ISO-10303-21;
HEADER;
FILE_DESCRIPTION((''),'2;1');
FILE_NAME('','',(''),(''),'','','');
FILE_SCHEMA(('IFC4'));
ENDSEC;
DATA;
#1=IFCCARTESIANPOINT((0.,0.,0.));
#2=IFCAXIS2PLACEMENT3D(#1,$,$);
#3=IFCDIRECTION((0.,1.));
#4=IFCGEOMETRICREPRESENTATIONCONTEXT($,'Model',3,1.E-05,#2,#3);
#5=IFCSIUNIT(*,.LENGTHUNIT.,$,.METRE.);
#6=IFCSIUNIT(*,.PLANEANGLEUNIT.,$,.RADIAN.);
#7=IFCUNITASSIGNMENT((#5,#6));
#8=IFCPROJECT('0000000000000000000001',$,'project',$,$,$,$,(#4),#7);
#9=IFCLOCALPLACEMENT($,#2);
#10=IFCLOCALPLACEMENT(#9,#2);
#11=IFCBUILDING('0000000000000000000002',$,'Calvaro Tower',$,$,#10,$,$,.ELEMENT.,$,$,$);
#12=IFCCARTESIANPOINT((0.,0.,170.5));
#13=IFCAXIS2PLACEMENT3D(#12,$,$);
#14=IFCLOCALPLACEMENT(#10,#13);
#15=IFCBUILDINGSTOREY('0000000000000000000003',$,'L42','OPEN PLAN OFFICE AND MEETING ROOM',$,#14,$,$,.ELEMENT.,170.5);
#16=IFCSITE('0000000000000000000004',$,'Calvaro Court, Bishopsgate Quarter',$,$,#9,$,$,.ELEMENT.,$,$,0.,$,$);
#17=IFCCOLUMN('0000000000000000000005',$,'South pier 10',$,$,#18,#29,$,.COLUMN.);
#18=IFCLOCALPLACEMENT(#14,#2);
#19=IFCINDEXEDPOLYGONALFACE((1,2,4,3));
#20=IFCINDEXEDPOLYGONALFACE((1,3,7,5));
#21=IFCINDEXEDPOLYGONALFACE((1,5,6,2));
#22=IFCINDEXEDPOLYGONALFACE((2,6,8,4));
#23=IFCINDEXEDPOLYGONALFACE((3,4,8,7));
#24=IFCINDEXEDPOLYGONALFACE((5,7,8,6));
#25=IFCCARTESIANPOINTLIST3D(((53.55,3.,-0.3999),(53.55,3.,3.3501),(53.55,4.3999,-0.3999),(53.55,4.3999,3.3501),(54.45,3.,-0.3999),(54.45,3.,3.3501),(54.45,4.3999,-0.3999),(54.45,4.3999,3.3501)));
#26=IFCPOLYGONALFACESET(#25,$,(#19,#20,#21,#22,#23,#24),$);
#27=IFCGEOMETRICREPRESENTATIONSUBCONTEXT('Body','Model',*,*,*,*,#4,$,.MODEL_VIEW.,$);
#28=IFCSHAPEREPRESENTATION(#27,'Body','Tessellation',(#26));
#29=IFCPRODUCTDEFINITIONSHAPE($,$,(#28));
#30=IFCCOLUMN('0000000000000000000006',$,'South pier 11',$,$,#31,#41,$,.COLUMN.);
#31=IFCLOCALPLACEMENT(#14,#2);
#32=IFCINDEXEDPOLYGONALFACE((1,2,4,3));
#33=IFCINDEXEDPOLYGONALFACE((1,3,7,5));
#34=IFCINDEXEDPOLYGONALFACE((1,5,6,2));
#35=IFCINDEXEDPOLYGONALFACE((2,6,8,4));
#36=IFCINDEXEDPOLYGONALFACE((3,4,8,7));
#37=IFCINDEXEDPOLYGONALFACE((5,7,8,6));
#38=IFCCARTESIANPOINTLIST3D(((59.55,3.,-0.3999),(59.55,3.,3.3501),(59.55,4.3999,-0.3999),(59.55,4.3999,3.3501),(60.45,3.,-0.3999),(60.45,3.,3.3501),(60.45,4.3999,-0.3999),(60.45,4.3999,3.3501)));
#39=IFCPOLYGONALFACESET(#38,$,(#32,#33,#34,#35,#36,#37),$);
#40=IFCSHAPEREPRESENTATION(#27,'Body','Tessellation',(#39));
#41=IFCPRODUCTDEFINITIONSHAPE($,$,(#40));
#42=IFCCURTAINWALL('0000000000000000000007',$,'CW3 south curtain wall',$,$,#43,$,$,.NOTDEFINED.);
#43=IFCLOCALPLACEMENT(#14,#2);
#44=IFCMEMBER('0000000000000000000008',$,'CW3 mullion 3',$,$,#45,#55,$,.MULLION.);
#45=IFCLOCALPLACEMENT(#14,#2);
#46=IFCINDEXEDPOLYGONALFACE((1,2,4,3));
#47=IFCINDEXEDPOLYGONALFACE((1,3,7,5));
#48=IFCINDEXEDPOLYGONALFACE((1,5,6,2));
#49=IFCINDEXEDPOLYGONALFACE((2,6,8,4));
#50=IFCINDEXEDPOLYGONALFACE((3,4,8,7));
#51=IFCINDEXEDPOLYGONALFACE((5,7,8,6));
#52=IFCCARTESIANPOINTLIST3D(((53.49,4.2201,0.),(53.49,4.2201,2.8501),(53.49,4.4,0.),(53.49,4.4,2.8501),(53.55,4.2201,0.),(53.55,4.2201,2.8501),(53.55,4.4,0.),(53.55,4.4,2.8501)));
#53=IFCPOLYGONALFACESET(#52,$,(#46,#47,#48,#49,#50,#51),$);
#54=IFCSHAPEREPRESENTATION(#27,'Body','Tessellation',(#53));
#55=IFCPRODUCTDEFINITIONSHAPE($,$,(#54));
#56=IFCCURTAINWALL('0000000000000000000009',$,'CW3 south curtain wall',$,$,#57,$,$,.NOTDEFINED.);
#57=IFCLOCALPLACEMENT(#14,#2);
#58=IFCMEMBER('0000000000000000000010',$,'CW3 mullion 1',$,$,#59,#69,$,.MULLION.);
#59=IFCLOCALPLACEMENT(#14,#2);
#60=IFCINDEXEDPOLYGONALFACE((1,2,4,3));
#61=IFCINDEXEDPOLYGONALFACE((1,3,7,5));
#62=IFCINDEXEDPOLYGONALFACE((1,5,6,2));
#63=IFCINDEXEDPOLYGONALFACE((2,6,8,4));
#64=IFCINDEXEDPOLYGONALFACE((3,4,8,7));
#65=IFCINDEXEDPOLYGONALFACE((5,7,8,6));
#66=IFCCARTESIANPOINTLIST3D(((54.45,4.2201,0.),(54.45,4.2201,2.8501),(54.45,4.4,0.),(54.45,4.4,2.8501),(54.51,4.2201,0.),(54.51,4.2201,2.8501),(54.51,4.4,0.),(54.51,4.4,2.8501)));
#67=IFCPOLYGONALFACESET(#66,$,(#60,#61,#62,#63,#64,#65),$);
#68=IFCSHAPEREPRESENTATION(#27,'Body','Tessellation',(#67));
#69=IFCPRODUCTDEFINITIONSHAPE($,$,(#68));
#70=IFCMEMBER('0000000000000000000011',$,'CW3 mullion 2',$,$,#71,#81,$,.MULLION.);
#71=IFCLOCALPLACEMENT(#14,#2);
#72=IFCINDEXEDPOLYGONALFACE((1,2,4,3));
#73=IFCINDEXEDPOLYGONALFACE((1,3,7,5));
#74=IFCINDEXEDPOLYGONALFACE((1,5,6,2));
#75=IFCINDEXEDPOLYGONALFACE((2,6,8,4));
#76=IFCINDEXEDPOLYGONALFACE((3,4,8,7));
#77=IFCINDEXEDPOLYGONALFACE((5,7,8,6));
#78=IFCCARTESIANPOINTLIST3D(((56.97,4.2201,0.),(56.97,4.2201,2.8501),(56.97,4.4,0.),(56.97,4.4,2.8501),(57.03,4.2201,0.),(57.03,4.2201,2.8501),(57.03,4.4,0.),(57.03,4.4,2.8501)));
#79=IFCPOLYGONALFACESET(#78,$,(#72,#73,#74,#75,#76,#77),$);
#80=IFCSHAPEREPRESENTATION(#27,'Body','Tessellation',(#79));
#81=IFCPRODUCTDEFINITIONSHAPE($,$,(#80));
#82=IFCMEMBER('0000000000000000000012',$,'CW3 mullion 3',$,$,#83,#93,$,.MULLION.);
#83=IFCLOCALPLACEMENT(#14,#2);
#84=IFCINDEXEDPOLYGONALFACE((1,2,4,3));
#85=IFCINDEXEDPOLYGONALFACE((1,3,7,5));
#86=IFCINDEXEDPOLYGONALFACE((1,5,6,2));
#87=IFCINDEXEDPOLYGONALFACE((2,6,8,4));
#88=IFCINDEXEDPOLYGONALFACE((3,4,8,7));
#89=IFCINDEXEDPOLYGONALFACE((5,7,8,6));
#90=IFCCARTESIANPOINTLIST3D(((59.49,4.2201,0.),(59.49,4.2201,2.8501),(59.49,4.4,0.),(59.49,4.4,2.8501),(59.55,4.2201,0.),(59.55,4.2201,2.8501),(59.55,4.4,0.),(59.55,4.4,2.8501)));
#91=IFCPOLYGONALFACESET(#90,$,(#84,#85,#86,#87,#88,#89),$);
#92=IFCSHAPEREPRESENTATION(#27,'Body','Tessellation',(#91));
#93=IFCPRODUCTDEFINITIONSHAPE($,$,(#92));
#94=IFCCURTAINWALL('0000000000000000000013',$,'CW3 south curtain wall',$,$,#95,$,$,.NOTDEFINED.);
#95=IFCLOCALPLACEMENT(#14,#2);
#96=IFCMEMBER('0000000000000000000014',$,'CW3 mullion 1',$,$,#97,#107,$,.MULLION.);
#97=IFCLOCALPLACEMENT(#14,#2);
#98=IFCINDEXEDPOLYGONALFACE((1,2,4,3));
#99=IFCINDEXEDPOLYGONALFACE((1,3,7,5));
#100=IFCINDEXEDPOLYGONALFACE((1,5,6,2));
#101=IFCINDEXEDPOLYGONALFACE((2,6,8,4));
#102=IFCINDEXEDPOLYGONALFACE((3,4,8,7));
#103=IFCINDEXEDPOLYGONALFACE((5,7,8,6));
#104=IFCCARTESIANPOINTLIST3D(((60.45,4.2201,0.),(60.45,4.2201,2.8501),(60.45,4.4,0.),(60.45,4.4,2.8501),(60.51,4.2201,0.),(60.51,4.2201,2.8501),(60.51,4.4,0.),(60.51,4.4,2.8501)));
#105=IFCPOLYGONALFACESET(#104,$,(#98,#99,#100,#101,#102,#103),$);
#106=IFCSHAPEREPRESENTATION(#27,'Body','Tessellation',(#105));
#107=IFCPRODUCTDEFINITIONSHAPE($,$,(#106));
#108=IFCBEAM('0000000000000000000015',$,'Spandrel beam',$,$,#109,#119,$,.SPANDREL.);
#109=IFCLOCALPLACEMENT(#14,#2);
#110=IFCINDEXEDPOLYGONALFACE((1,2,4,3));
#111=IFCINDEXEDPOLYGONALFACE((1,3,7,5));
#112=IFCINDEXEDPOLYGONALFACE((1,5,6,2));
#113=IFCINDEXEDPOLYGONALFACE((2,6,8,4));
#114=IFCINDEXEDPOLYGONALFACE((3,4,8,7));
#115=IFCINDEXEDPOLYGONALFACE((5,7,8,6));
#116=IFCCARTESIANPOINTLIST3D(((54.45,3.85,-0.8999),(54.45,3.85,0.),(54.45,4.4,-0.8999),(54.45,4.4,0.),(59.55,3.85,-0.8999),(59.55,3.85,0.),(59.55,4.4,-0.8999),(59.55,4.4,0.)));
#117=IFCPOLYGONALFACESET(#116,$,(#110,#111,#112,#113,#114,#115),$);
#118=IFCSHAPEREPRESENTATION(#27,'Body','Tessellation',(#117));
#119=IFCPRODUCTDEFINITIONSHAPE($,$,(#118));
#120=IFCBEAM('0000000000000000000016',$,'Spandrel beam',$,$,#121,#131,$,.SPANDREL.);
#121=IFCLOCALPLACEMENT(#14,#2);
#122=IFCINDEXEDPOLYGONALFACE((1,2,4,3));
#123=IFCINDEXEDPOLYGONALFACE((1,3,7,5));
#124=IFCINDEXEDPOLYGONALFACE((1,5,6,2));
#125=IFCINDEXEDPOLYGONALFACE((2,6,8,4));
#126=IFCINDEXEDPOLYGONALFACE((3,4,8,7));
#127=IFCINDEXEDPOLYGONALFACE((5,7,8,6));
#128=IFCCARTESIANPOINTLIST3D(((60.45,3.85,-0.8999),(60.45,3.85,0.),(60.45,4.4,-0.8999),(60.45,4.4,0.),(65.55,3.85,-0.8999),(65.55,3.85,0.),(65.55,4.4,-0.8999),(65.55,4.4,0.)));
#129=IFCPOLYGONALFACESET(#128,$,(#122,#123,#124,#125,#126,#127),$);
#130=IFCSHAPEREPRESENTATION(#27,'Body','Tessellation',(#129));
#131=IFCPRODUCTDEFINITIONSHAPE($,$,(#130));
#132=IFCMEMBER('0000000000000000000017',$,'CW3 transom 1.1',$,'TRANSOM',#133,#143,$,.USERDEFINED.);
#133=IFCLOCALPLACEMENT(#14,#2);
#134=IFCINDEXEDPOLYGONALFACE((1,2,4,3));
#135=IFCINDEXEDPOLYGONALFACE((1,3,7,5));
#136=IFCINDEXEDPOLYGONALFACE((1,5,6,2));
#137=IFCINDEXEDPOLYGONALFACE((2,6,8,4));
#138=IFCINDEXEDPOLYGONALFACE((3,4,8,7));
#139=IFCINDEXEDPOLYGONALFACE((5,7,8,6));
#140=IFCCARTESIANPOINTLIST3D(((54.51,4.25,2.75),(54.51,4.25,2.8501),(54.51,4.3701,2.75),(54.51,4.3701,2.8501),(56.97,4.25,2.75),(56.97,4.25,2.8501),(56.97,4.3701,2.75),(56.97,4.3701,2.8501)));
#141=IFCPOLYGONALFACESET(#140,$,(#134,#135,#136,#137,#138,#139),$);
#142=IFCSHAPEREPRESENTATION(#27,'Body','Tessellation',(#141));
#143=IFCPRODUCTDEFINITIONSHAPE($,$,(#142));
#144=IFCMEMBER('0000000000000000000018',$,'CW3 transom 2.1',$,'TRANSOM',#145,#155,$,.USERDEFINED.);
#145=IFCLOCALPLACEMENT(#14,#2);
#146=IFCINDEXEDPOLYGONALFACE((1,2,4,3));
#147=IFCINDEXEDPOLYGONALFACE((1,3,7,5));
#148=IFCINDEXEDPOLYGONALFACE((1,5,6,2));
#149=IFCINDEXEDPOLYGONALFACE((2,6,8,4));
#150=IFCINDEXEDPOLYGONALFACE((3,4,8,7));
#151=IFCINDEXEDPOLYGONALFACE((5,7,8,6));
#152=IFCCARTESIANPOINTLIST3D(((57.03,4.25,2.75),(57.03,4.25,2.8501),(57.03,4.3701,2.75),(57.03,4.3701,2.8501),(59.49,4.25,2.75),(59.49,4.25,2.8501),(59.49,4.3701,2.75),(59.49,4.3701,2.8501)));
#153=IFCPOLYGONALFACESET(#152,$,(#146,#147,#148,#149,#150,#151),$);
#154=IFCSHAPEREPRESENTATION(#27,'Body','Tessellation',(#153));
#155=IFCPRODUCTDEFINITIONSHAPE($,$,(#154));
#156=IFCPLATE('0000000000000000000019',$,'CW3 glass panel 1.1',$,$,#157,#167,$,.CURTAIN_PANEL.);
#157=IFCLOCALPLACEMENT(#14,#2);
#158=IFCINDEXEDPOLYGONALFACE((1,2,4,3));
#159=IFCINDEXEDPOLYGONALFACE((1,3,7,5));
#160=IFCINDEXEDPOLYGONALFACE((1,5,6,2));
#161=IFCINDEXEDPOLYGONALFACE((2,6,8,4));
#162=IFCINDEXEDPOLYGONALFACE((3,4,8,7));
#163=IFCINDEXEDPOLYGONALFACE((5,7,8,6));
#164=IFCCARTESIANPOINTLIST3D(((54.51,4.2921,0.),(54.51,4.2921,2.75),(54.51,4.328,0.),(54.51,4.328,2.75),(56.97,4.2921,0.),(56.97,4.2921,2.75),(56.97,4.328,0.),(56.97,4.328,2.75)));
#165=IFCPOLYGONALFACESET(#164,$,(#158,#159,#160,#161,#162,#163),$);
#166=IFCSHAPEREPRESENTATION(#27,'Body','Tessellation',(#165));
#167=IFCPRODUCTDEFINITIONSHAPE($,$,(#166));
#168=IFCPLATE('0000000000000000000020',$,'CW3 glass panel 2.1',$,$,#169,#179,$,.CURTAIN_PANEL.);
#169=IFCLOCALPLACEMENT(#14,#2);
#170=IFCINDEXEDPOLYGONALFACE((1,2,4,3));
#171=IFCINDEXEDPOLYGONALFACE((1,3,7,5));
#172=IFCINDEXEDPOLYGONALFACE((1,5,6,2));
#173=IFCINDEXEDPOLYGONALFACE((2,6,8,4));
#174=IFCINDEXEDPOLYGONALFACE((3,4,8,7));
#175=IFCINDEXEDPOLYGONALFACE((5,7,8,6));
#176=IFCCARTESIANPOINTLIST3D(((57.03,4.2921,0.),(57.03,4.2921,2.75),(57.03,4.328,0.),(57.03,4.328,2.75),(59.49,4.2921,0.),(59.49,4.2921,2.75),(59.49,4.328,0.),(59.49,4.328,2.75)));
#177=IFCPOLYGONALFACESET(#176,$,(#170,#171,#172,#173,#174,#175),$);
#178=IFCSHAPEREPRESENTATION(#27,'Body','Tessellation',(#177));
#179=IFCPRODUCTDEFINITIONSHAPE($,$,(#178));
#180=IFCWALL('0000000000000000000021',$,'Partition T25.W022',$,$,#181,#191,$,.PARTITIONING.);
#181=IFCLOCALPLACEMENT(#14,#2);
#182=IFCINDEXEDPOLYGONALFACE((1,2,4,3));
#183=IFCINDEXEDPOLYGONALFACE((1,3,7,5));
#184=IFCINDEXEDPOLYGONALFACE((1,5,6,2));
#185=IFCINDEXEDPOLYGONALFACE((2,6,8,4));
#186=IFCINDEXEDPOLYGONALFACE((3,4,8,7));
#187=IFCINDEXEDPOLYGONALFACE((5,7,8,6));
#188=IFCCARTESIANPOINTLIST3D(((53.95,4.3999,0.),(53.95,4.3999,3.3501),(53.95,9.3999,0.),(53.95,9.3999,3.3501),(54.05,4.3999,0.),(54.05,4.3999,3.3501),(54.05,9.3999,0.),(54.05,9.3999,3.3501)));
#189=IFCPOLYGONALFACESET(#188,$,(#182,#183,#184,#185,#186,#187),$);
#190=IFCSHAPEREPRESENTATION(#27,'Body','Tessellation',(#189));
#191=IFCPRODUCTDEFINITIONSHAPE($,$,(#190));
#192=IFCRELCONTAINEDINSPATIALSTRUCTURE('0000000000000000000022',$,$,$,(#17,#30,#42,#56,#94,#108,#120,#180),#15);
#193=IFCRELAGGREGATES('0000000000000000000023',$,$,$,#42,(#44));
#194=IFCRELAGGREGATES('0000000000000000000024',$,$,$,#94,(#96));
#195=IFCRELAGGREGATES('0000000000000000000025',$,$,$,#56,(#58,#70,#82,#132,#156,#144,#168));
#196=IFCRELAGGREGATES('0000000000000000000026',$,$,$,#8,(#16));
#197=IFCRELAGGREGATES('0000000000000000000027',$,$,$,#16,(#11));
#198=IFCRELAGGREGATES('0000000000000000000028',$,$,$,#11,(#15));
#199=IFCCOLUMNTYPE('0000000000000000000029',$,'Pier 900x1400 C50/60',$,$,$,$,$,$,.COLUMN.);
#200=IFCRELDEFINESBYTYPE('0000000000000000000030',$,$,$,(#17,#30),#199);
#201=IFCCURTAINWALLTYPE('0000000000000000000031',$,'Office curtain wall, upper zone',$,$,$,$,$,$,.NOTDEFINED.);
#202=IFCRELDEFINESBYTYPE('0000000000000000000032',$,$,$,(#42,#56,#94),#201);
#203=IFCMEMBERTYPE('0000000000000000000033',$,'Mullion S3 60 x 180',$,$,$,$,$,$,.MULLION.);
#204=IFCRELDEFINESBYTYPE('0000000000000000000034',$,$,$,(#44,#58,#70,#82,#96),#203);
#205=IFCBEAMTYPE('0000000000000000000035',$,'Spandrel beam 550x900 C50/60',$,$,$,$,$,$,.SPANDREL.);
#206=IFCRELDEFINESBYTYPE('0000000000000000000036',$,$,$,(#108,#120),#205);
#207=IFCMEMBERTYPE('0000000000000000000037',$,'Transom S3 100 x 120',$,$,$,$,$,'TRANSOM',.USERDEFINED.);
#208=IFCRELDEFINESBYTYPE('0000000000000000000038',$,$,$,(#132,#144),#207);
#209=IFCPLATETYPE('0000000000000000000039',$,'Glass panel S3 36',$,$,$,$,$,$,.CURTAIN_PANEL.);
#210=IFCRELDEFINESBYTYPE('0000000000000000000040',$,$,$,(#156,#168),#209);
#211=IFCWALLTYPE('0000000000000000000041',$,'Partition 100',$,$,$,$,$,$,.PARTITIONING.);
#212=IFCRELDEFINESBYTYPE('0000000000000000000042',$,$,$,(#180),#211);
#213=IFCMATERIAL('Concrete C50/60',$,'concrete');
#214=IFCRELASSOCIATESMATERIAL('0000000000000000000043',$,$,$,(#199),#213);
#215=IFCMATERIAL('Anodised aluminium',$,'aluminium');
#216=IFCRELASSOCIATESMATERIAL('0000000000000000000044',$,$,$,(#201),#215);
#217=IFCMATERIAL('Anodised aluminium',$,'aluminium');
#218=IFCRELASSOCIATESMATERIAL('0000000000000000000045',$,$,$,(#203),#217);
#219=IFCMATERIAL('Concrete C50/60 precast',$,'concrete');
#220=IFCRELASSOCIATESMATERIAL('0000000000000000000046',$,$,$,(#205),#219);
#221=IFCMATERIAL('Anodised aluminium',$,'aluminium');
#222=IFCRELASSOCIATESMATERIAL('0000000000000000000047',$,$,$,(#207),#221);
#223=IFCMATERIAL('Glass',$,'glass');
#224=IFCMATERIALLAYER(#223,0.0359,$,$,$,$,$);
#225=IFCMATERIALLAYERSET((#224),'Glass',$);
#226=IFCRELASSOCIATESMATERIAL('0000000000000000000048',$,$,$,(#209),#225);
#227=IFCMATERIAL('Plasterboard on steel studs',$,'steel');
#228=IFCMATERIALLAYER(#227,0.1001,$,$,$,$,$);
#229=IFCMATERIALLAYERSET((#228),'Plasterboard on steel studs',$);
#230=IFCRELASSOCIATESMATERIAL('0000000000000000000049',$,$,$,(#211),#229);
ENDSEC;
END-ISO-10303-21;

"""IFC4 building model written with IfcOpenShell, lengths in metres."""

from ifc_helpers import new_model, si_unit, direction, frame, frame_2d, origin, origin_2d, place, context, subcontext, project, spatial, rectangle, extrude, material, layer, layer_set, material_profile, profile_set, type_object, element, aggregate, save


model = new_model("IFC4")

# Units and contexts
model_context = context("Model", 3, precision=1e-05, world=origin(), true_north=direction((0.0, 1.0)))
body_context = subcontext(model_context, "Body", "Model", "MODEL_VIEW")
ifc_project = project(units=[si_unit("LENGTHUNIT", "METRE"), si_unit("PLANEANGLEUNIT", "RADIAN")], contexts=[model_context])

# Site, building, storey
site_placement = place(None, origin())
site = spatial("IfcSite", under=ifc_project, at=site_placement, Name="Calvaro Court, Bishopsgate Quarter", CompositionType="ELEMENT", RefElevation=0.0)
building_placement = place(site_placement, origin())
building = spatial("IfcBuilding", under=site, at=building_placement, Name="Calvaro Tower", CompositionType="ELEMENT")
storey_placement = place(building_placement, frame((0.0, 0.0, 170.5)))
storey = spatial("IfcBuildingStorey", under=building, at=storey_placement, Name="L42", Description="OPEN PLAN OFFICE AND MEETING ROOM", CompositionType="ELEMENT", Elevation=170.5)

# Columns
ifc_material_1 = material(Name="Concrete C50/60", Category="concrete")
ifc_material_profile_1 = material_profile(ifc_material_1, rectangle(XDim=0.8999, YDim=1.3999, at=origin_2d()), Name="RC 900x1400")
ifc_profile_set_1 = profile_set([ifc_material_profile_1], Name="Concrete C50/60")
column_type = type_object("IfcColumnType", Name="Pier 900x1400 C50/60", PredefinedType="COLUMN", material=ifc_profile_set_1)
for number, where, z_axis, x_axis, name in (
    (1, (54.0, 3.7, -0.3999), (0.0, 0.0, 1.0), (1.0, 0.0, 0.0), "South pier 10"),
    (2, (60.0, 3.7, -0.3999), (0.0, 0.0, 1.0), (1.0, 0.0, 0.0), "South pier 11"),
):
    element("IfcColumn", number, at=place(storey_placement, frame(where, z_axis=z_axis, x_axis=x_axis)), inside=storey, type_object=column_type, Name=name, PredefinedType="COLUMN", context=body_context, shape_type="SweptSolid", body=[
        extrude(rectangle(XDim=0.8999, YDim=1.3999, at=origin_2d()), origin(), (0.0, 0.0, 1.0), 3.75),
    ])

# Curtain wall, member
ifc_material_2 = material(Name="Anodised aluminium", Category="aluminium")
curtain_wall_type = type_object("IfcCurtainWallType", Name="Office curtain wall, upper zone", PredefinedType="NOTDEFINED", material=ifc_material_2)
curtain_wall_1_placement = place(storey_placement, origin())
curtain_wall_1 = element("IfcCurtainWall", 3, at=curtain_wall_1_placement, inside=storey, type_object=curtain_wall_type, Name="CW3 south curtain wall", PredefinedType="NOTDEFINED")
ifc_material_3 = material(Name="Anodised aluminium", Category="aluminium")
ifc_material_profile_2 = material_profile(ifc_material_3, rectangle(XDim=0.1799, YDim=0.0601, at=origin_2d()), Name="Mullion S3 60 x 180")
ifc_profile_set_2 = profile_set([ifc_material_profile_2], Name="Anodised aluminium")
member_type_1 = type_object("IfcMemberType", Name="Mullion S3 60 x 180", PredefinedType="MULLION", material=ifc_profile_set_2)
member_1_placement = place(storey_placement, frame((53.52, 4.3101, 0.0), z_axis=(0.0, 0.0, 1.0), x_axis=(0.0, 1.0, 0.0)))
member_1 = element("IfcMember", 4, at=member_1_placement, type_object=member_type_1, Name="CW3 mullion 3", PredefinedType="MULLION", context=body_context, shape_type="SweptSolid", body=[
    extrude(rectangle(XDim=0.1799, YDim=0.0601, at=origin_2d()), origin(), (0.0, 0.0, 1.0), 2.8501),
])
aggregate(curtain_wall_1, [member_1])

# Curtain wall, members
curtain_wall_2_placement = place(storey_placement, origin())
curtain_wall_2 = element("IfcCurtainWall", 5, at=curtain_wall_2_placement, inside=storey, type_object=curtain_wall_type, Name="CW3 south curtain wall", PredefinedType="NOTDEFINED")
member_2_placement = place(storey_placement, frame((54.48, 4.3101, 0.0), z_axis=(0.0, 0.0, 1.0), x_axis=(0.0, 1.0, 0.0)))
member_2 = element("IfcMember", 6, at=member_2_placement, type_object=member_type_1, Name="CW3 mullion 1", PredefinedType="MULLION", context=body_context, shape_type="SweptSolid", body=[
    extrude(rectangle(XDim=0.1799, YDim=0.0601, at=origin_2d()), origin(), (0.0, 0.0, 1.0), 2.8501),
])
member_3_placement = place(storey_placement, frame((57.0, 4.3101, 0.0), z_axis=(0.0, 0.0, 1.0), x_axis=(0.0, 1.0, 0.0)))
member_3 = element("IfcMember", 7, at=member_3_placement, type_object=member_type_1, Name="CW3 mullion 2", PredefinedType="MULLION", context=body_context, shape_type="SweptSolid", body=[
    extrude(rectangle(XDim=0.1799, YDim=0.0601, at=origin_2d()), origin(), (0.0, 0.0, 1.0), 2.8501),
])
member_4_placement = place(storey_placement, frame((59.52, 4.3101, 0.0), z_axis=(0.0, 0.0, 1.0), x_axis=(0.0, 1.0, 0.0)))
member_4 = element("IfcMember", 8, at=member_4_placement, type_object=member_type_1, Name="CW3 mullion 3", PredefinedType="MULLION", context=body_context, shape_type="SweptSolid", body=[
    extrude(rectangle(XDim=0.1799, YDim=0.0601, at=origin_2d()), origin(), (0.0, 0.0, 1.0), 2.8501),
])

# Curtain wall, member
curtain_wall_3_placement = place(storey_placement, origin())
curtain_wall_3 = element("IfcCurtainWall", 9, at=curtain_wall_3_placement, inside=storey, type_object=curtain_wall_type, Name="CW3 south curtain wall", PredefinedType="NOTDEFINED")
member_5_placement = place(storey_placement, frame((60.48, 4.3101, 0.0), z_axis=(0.0, 0.0, 1.0), x_axis=(0.0, 1.0, 0.0)))
member_5 = element("IfcMember", 10, at=member_5_placement, type_object=member_type_1, Name="CW3 mullion 1", PredefinedType="MULLION", context=body_context, shape_type="SweptSolid", body=[
    extrude(rectangle(XDim=0.1799, YDim=0.0601, at=origin_2d()), origin(), (0.0, 0.0, 1.0), 2.8501),
])
aggregate(curtain_wall_3, [member_5])

# Beams
ifc_material_4 = material(Name="Concrete C50/60 precast", Category="concrete")
ifc_material_profile_3 = material_profile(ifc_material_4, rectangle(XDim=0.55, YDim=0.8999, at=origin_2d()), Name="RC 550x900")
ifc_profile_set_3 = profile_set([ifc_material_profile_3], Name="Concrete C50/60 precast")
beam_type = type_object("IfcBeamType", Name="Spandrel beam 550x900 C50/60", PredefinedType="SPANDREL", material=ifc_profile_set_3)
for number, where, z_axis, x_axis, name in (
    (11, (54.45, 4.125, -0.45), (1.0, 0.0, 0.0), (0.0, 1.0, 0.0), "Spandrel beam"),
    (12, (60.45, 4.125, -0.45), (1.0, 0.0, 0.0), (0.0, 1.0, 0.0), "Spandrel beam"),
):
    element("IfcBeam", number, at=place(storey_placement, frame(where, z_axis=z_axis, x_axis=x_axis)), inside=storey, type_object=beam_type, Name=name, PredefinedType="SPANDREL", context=body_context, shape_type="SweptSolid", body=[
        extrude(rectangle(XDim=0.55, YDim=0.8999, at=origin_2d()), origin(), (0.0, 0.0, 1.0), 5.1001),
    ])

# Members
ifc_material_5 = material(Name="Anodised aluminium", Category="aluminium")
ifc_material_profile_4 = material_profile(ifc_material_5, rectangle(XDim=0.1201, YDim=0.1001, at=origin_2d()), Name="Transom S3 100 x 120")
ifc_profile_set_4 = profile_set([ifc_material_profile_4], Name="Anodised aluminium")
member_type_2 = type_object("IfcMemberType", Name="Transom S3 100 x 120", ElementType="TRANSOM", PredefinedType="USERDEFINED", material=ifc_profile_set_4)
member_6_placement = place(storey_placement, frame((54.51, 4.3101, 2.8), z_axis=(1.0, 0.0, 0.0), x_axis=(0.0, 1.0, 0.0)))
member_6 = element("IfcMember", 13, at=member_6_placement, type_object=member_type_2, Name="CW3 transom 1.1", ObjectType="TRANSOM", PredefinedType="USERDEFINED", context=body_context, shape_type="SweptSolid", body=[
    extrude(rectangle(XDim=0.1201, YDim=0.1001, at=origin_2d()), origin(), (0.0, 0.0, 1.0), 2.46),
])
member_7_placement = place(storey_placement, frame((57.03, 4.3101, 2.8), z_axis=(1.0, 0.0, 0.0), x_axis=(0.0, 1.0, 0.0)))
member_7 = element("IfcMember", 14, at=member_7_placement, type_object=member_type_2, Name="CW3 transom 2.1", ObjectType="TRANSOM", PredefinedType="USERDEFINED", context=body_context, shape_type="SweptSolid", body=[
    extrude(rectangle(XDim=0.1201, YDim=0.1001, at=origin_2d()), origin(), (0.0, 0.0, 1.0), 2.46),
])

# Plates
ifc_material_6 = material(Name="Glass", Category="glass")
ifc_layer_1 = layer(ifc_material_6, 0.0359)
ifc_layer_set_1 = layer_set([ifc_layer_1], Name="Glass")
plate_type = type_object("IfcPlateType", Name="Glass panel S3 36", PredefinedType="CURTAIN_PANEL", material=ifc_layer_set_1)
plate_1_placement = place(storey_placement, frame((55.74, 4.3101, 0.0), z_axis=(0.0, 0.0, 1.0), x_axis=(1.0, 0.0, 0.0)))
plate_1 = element("IfcPlate", 15, at=plate_1_placement, type_object=plate_type, Name="CW3 glass panel 1.1", PredefinedType="CURTAIN_PANEL", context=body_context, shape_type="SweptSolid", body=[
    extrude(rectangle(XDim=2.46, YDim=0.0359, at=origin_2d()), origin(), (0.0, 0.0, 1.0), 2.75),
])
plate_2_placement = place(storey_placement, frame((58.26, 4.3101, 0.0), z_axis=(0.0, 0.0, 1.0), x_axis=(1.0, 0.0, 0.0)))
plate_2 = element("IfcPlate", 16, at=plate_2_placement, type_object=plate_type, Name="CW3 glass panel 2.1", PredefinedType="CURTAIN_PANEL", context=body_context, shape_type="SweptSolid", body=[
    extrude(rectangle(XDim=2.46, YDim=0.0359, at=origin_2d()), origin(), (0.0, 0.0, 1.0), 2.75),
])
aggregate(curtain_wall_2, [member_2, member_3, member_4, member_6, plate_1, member_7, plate_2])

# Wall
ifc_material_7 = material(Name="Plasterboard on steel studs", Category="steel")
ifc_layer_2 = layer(ifc_material_7, 0.1001)
ifc_layer_set_2 = layer_set([ifc_layer_2], Name="Plasterboard on steel studs")
wall_type = type_object("IfcWallType", Name="Partition 100", PredefinedType="PARTITIONING", material=ifc_layer_set_2)
wall_placement = place(storey_placement, frame((54.0, 4.3999, 0.0), z_axis=(0.0, 0.0, 1.0), x_axis=(0.0, 1.0, 0.0)))
element("IfcWall", 17, at=wall_placement, inside=storey, type_object=wall_type, Name="Partition T25.W022", PredefinedType="PARTITIONING", context=body_context, shape_type="SweptSolid", body=[
    extrude(rectangle(XDim=5.0, YDim=0.1001, at=frame_2d((2.5, 0.0))), origin(), (0.0, 0.0, 1.0), 3.3501),
])

save(model, "model.ifc")
